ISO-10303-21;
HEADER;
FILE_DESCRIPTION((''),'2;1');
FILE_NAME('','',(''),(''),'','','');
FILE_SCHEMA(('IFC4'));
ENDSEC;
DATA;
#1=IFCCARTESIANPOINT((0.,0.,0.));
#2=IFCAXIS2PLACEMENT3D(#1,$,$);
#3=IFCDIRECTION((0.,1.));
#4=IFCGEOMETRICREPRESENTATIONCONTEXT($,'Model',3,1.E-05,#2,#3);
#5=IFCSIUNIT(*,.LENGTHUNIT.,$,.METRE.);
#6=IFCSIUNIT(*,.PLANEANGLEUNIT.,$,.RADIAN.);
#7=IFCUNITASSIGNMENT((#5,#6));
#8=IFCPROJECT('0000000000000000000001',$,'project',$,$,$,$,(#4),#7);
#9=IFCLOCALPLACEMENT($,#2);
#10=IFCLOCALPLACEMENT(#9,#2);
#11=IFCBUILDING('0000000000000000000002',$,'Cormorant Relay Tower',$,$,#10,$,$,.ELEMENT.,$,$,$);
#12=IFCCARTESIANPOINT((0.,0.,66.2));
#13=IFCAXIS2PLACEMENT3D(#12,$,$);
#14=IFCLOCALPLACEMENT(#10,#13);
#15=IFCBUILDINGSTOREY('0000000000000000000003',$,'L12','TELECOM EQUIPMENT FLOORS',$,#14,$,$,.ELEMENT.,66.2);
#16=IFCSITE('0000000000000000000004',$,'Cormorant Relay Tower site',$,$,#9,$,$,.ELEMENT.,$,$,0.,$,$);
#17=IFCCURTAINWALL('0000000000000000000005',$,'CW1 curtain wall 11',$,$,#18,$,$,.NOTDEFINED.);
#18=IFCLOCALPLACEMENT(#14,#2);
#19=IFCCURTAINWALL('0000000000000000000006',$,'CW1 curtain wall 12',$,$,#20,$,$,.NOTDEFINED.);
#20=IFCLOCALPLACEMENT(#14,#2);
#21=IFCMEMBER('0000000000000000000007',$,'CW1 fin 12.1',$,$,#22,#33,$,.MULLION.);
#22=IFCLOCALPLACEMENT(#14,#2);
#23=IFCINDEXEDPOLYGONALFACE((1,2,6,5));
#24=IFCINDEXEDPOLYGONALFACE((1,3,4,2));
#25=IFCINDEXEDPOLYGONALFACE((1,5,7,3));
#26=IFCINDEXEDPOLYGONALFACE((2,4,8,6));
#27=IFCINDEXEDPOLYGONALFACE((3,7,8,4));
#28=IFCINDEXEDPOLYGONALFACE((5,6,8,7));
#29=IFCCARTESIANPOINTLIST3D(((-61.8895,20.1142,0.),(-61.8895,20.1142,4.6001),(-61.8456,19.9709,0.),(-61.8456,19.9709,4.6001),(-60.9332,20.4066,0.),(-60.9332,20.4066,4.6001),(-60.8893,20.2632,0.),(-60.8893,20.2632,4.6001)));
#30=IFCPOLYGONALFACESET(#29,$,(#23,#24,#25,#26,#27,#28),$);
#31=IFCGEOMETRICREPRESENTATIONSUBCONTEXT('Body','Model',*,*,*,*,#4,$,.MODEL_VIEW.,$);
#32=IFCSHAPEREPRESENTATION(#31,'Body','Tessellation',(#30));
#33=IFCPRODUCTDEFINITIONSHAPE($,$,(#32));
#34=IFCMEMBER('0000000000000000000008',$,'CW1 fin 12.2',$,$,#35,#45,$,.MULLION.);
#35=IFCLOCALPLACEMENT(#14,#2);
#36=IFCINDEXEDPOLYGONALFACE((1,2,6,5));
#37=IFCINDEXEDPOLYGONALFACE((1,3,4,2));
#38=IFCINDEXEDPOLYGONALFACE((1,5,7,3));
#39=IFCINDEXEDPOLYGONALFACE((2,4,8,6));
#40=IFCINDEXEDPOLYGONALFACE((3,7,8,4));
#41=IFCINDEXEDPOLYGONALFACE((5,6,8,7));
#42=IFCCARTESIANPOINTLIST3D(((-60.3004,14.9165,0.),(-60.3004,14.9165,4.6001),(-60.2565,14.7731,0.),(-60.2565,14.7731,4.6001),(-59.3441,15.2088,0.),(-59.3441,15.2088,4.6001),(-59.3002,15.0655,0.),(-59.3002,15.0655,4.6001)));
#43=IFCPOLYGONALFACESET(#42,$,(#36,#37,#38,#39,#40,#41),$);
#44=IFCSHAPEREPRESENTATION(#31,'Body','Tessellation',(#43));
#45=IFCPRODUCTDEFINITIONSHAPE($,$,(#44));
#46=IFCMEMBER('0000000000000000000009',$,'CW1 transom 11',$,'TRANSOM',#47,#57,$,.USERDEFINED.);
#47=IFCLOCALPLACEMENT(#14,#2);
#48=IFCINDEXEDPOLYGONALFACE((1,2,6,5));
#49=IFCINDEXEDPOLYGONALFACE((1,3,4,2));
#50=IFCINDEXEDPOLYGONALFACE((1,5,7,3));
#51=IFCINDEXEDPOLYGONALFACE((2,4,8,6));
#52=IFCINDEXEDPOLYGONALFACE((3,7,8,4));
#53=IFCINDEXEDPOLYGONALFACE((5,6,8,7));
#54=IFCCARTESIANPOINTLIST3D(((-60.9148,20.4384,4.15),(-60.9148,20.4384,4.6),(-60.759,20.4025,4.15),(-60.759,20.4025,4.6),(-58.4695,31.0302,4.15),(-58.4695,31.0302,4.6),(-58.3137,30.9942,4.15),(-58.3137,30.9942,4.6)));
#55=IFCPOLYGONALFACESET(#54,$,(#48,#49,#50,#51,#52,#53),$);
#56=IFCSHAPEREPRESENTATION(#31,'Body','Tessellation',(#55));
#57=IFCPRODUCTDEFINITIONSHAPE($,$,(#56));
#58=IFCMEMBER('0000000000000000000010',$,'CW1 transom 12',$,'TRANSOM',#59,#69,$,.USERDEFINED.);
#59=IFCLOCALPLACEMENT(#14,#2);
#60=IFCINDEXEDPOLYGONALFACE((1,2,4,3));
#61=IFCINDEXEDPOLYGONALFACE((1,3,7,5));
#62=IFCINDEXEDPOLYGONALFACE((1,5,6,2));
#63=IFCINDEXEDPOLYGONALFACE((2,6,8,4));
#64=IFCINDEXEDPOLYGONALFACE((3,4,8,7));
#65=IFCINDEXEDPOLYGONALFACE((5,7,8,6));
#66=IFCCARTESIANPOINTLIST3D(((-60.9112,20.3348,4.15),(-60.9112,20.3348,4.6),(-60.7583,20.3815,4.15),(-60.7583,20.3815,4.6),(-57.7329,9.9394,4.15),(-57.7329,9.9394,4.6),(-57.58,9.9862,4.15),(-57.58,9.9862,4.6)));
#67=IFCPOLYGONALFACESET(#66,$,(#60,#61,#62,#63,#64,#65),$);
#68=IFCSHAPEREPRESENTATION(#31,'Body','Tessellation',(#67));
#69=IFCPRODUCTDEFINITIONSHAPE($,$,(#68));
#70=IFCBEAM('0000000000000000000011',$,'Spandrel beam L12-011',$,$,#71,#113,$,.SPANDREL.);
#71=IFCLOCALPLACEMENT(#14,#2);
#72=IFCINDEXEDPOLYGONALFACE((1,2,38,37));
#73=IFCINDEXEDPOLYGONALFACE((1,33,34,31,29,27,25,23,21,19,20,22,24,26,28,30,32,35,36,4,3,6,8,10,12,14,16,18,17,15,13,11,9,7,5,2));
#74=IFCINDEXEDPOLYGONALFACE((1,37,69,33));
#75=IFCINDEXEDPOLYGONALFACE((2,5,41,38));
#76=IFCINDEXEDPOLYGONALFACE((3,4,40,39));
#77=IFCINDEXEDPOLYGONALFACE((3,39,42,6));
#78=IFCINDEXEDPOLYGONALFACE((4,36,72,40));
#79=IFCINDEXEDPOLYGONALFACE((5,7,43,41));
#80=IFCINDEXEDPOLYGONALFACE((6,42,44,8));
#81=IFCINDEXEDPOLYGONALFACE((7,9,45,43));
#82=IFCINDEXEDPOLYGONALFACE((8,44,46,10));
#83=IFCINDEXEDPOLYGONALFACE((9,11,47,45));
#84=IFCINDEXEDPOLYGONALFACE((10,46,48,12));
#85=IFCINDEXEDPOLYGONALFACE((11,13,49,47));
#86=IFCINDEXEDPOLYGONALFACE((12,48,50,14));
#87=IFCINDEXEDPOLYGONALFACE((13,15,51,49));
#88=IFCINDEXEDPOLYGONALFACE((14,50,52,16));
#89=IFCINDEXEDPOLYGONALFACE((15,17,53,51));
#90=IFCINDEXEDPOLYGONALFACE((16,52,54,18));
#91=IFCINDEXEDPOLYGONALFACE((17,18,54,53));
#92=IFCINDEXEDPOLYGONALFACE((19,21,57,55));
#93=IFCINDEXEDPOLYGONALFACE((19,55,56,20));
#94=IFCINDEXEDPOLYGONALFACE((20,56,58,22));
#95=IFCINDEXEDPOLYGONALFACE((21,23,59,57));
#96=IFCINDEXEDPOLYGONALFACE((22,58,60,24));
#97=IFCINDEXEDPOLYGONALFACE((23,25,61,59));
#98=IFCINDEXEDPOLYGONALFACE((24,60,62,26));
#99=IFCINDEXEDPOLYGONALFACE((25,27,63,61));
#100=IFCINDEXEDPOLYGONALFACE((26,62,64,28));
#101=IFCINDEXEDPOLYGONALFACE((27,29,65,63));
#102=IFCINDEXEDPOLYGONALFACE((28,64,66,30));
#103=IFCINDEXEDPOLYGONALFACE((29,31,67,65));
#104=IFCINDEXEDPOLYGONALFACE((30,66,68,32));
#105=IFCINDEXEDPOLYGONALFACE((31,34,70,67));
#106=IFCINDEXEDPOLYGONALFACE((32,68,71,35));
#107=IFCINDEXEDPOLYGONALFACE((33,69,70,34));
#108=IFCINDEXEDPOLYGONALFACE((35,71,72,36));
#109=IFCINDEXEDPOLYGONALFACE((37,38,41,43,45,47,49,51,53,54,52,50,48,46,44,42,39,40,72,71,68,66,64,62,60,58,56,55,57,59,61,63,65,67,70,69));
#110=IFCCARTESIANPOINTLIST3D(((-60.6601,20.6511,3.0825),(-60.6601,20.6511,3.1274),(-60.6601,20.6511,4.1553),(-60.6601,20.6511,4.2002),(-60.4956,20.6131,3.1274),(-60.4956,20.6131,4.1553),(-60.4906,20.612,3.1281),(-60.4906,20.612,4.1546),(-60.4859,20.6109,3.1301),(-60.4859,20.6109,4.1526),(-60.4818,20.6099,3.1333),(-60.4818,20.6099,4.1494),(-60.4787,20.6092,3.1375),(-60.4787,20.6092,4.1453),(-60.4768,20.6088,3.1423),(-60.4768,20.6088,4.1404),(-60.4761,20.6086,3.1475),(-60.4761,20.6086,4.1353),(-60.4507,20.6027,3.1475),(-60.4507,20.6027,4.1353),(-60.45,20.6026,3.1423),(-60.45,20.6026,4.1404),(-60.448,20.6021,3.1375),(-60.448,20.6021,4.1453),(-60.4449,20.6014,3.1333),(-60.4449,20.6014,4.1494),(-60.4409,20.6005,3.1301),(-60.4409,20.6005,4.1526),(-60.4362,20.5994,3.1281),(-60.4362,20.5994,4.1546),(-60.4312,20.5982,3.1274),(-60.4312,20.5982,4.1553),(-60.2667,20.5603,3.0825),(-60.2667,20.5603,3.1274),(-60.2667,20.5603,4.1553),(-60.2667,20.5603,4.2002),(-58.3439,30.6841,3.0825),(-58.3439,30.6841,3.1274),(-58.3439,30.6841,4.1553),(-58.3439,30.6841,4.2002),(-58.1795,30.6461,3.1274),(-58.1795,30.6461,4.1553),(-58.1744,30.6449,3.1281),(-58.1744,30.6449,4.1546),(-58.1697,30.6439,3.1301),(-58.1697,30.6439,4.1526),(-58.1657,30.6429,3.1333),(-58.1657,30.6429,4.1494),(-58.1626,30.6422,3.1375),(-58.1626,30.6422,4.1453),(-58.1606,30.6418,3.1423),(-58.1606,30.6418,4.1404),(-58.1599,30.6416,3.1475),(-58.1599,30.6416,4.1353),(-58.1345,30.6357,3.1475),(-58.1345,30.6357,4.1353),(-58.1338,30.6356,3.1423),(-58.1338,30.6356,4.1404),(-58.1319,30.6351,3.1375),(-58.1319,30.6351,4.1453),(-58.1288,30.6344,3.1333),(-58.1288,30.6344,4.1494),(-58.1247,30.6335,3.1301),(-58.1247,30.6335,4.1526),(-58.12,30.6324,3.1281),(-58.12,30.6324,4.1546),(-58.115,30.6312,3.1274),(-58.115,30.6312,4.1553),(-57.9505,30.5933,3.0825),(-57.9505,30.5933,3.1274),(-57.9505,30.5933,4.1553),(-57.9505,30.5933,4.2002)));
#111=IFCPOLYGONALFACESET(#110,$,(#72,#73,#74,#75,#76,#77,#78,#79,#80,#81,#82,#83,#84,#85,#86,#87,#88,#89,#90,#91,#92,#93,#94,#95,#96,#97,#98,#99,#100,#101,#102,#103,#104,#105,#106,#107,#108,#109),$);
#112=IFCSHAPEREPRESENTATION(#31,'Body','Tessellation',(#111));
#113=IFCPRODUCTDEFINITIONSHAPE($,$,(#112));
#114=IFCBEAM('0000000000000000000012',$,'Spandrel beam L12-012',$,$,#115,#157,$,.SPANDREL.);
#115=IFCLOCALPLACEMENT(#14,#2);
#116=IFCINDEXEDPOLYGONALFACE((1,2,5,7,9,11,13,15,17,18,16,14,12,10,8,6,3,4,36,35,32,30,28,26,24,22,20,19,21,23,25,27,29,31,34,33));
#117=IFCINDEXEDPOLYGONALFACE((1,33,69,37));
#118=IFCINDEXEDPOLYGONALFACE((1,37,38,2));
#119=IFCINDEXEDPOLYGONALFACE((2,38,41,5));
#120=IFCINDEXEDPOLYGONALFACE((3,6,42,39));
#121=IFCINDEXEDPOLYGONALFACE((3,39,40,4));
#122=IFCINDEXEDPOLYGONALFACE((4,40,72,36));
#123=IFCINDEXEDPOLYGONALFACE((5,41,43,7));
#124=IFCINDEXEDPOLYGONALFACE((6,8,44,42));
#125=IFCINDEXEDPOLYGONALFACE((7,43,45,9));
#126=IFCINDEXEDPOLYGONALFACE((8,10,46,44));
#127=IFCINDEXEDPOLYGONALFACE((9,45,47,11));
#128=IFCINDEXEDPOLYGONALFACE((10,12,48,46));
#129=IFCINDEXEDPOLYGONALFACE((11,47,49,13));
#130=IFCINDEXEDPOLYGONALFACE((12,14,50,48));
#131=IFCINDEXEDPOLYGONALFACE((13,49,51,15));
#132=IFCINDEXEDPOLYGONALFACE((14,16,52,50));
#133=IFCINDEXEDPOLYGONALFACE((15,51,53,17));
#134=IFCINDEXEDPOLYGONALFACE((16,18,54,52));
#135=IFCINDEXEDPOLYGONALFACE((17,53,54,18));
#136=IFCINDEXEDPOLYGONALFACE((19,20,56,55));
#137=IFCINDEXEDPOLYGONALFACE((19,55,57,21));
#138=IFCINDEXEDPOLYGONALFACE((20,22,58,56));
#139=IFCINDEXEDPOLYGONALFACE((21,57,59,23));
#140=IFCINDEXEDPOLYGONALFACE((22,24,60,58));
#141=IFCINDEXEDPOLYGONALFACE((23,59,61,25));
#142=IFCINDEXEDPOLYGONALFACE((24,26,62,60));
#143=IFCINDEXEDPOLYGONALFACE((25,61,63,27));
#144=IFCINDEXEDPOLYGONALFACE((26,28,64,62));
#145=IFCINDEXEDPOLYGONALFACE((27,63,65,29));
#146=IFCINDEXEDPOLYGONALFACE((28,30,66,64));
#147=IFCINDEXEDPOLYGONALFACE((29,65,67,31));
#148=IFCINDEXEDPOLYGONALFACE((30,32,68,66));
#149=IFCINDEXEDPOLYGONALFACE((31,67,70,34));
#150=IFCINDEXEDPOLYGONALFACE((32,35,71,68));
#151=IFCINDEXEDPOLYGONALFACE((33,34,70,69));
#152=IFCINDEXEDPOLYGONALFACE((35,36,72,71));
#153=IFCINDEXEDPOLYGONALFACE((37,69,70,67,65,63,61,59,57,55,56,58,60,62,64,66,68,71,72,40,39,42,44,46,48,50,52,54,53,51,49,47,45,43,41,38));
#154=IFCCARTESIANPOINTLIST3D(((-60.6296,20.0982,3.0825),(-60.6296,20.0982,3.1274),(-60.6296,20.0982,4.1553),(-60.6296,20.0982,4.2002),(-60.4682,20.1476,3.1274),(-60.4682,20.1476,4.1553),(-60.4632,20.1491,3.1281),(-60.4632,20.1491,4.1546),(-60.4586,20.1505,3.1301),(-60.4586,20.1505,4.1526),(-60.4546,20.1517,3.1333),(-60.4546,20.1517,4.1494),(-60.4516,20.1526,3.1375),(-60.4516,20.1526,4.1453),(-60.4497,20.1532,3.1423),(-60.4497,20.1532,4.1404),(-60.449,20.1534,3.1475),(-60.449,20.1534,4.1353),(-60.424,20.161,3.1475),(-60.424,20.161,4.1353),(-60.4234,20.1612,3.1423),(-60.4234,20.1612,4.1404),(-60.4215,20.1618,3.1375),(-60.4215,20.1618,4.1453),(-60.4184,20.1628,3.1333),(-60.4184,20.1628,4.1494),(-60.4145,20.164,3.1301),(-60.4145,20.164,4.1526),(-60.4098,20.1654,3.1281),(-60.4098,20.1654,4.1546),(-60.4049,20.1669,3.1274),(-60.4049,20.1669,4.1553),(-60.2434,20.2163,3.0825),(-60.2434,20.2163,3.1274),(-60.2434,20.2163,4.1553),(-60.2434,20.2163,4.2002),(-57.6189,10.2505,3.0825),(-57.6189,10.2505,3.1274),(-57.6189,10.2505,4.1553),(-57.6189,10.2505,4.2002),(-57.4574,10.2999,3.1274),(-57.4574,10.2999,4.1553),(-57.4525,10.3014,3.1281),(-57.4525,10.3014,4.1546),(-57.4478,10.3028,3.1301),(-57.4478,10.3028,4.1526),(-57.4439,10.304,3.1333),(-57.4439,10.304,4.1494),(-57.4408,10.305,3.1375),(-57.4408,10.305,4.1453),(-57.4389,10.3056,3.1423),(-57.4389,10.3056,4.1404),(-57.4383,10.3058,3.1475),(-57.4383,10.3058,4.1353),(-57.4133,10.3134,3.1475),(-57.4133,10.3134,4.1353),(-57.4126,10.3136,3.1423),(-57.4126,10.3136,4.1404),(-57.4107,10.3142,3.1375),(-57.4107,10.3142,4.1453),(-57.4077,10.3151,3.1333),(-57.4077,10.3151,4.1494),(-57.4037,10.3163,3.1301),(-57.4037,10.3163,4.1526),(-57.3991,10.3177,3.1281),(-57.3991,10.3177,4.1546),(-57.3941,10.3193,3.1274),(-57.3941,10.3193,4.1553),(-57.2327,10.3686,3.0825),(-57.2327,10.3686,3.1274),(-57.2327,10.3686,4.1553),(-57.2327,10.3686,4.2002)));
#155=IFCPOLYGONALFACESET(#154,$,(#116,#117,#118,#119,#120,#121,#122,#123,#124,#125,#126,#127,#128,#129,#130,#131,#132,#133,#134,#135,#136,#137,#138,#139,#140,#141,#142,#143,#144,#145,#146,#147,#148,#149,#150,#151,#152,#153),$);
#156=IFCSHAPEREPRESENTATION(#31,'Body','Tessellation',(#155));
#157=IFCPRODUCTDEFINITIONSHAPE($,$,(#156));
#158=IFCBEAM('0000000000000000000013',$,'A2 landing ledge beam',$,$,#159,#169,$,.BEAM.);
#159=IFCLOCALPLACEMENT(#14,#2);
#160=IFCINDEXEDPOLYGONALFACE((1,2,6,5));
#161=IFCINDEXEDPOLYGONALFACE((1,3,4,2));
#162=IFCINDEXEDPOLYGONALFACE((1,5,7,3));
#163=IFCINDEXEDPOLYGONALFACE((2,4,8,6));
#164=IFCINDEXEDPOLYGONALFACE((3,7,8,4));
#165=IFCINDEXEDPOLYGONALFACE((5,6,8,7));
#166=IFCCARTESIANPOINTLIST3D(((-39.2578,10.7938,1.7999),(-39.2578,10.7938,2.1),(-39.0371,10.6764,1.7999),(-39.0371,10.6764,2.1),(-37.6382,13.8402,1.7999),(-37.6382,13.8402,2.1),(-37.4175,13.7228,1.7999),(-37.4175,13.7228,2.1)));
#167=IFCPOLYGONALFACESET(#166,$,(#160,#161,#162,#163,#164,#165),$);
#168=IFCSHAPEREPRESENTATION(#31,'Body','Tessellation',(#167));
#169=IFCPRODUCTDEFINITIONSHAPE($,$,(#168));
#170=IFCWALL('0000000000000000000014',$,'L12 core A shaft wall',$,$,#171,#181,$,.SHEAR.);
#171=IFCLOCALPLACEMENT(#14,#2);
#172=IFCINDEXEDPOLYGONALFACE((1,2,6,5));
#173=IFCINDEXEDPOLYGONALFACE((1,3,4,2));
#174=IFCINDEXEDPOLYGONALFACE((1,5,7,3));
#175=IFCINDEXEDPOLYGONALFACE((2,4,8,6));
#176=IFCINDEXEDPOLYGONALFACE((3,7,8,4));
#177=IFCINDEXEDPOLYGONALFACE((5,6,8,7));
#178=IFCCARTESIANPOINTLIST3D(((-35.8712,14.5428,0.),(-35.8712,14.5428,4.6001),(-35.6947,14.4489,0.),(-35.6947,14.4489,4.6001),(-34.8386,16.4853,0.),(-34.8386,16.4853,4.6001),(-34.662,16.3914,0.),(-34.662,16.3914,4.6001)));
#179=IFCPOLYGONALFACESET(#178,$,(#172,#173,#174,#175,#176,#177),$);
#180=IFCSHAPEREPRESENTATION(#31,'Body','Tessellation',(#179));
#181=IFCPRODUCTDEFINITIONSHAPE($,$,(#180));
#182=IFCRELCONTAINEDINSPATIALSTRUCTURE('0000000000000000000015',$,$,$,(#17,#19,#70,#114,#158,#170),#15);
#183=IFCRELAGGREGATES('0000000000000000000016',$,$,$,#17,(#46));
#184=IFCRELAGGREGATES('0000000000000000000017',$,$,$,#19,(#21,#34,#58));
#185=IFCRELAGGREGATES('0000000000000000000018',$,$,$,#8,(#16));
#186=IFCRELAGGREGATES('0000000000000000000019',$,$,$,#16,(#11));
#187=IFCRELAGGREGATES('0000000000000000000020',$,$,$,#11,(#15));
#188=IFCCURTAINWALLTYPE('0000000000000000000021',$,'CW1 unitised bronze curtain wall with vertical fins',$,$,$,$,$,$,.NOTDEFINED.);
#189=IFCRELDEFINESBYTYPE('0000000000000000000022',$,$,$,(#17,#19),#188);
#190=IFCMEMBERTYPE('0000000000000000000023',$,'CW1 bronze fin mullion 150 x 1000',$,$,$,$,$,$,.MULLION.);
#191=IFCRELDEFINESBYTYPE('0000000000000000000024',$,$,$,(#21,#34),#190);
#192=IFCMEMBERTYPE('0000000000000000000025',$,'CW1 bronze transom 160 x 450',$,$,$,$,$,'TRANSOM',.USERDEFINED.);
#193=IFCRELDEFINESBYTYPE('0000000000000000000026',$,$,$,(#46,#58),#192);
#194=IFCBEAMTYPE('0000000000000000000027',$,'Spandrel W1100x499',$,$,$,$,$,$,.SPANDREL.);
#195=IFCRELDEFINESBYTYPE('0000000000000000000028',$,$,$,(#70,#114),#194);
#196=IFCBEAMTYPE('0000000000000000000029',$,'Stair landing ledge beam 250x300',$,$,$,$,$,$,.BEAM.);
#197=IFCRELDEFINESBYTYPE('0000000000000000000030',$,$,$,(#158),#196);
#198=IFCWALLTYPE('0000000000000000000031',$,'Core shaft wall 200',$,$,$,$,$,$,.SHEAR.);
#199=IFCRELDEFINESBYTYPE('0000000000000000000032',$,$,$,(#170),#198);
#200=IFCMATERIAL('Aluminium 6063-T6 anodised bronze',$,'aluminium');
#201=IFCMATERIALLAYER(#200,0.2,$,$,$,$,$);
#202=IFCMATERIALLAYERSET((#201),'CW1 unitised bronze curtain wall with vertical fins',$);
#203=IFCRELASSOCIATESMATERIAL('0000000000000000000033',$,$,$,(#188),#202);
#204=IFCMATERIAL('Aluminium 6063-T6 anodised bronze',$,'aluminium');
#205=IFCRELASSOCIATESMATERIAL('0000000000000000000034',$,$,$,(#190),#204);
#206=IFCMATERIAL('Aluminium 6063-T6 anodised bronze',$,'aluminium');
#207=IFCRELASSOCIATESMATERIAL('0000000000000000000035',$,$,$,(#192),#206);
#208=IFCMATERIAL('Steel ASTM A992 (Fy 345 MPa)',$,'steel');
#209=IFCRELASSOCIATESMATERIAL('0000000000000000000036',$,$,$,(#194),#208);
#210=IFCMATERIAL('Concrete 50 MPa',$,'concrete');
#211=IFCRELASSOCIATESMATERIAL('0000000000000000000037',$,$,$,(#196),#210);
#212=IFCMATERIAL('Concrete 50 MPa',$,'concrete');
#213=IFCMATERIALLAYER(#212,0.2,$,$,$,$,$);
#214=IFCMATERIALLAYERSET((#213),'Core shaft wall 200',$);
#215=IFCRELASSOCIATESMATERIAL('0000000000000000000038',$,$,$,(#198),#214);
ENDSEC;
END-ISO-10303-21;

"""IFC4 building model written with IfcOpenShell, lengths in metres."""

from ifc_helpers import new_model, si_unit, direction, frame, frame_2d, origin, origin_2d, place, context, subcontext, project, spatial, rectangle, i_section, extrude, material, layer, layer_set, material_profile, profile_set, type_object, element, aggregate, save


model = new_model("IFC4")

# Units and contexts
model_context = context("Model", 3, precision=1e-05, world=origin(), true_north=direction((0.0, 1.0)))
body_context = subcontext(model_context, "Body", "Model", "MODEL_VIEW")
ifc_project = project(units=[si_unit("LENGTHUNIT", "METRE"), si_unit("PLANEANGLEUNIT", "RADIAN")], contexts=[model_context])

# Site, building, storey
site_placement = place(None, origin())
site = spatial("IfcSite", under=ifc_project, at=site_placement, Name="Cormorant Relay Tower site", CompositionType="ELEMENT", RefElevation=0.0)
building_placement = place(site_placement, origin())
building = spatial("IfcBuilding", under=site, at=building_placement, Name="Cormorant Relay Tower", CompositionType="ELEMENT")
storey_placement = place(building_placement, frame((0.0, 0.0, 66.2)))
storey = spatial("IfcBuildingStorey", under=building, at=storey_placement, Name="L12", Description="TELECOM EQUIPMENT FLOORS", CompositionType="ELEMENT", Elevation=66.2)

# Curtain wall
ifc_material_1 = material(Name="Aluminium 6063-T6 anodised bronze", Category="aluminium")
ifc_layer_1 = layer(ifc_material_1, 0.2)
ifc_layer_set_1 = layer_set([ifc_layer_1], Name="CW1 unitised bronze curtain wall with vertical fins")
curtain_wall_type = type_object("IfcCurtainWallType", Name="CW1 unitised bronze curtain wall with vertical fins", PredefinedType="NOTDEFINED", material=ifc_layer_set_1)
curtain_wall_1_placement = place(storey_placement, origin())
curtain_wall_1 = element("IfcCurtainWall", 1, at=curtain_wall_1_placement, inside=storey, type_object=curtain_wall_type, Name="CW1 curtain wall 11", PredefinedType="NOTDEFINED")
ifc_material_2 = material(Name="Aluminium 6063-T6 anodised bronze", Category="aluminium")
ifc_material_profile_1 = material_profile(ifc_material_2, rectangle(XDim=0.1499, YDim=1.0, at=origin_2d()), Name="AL 150x1000")
ifc_profile_set_1 = profile_set([ifc_material_profile_1], Name="Aluminium 6063-T6 anodised bronze")
member_type_1 = type_object("IfcMemberType", Name="CW1 bronze fin mullion 150 x 1000", PredefinedType="MULLION", material=ifc_profile_set_1)

# Curtain wall, members
curtain_wall_2_placement = place(storey_placement, origin())
curtain_wall_2 = element("IfcCurtainWall", 2, at=curtain_wall_2_placement, inside=storey, type_object=curtain_wall_type, Name="CW1 curtain wall 12", PredefinedType="NOTDEFINED")
member_1_placement = place(storey_placement, frame((-61.3894, 20.1887, 0.0), z_axis=(0.0, 0.0, 1.0), x_axis=(0.292372, -0.956305, 0.0)))
member_1 = element("IfcMember", 3, at=member_1_placement, type_object=member_type_1, Name="CW1 fin 12.1", PredefinedType="MULLION", context=body_context, shape_type="SweptSolid", body=[
    extrude(rectangle(XDim=0.1499, YDim=1.0, at=origin_2d()), origin(), (0.0, 0.0, 1.0), 4.6001),
])
member_2_placement = place(storey_placement, frame((-59.8003, 14.991, 0.0), z_axis=(0.0, 0.0, 1.0), x_axis=(0.292372, -0.956305, 0.0)))
member_2 = element("IfcMember", 4, at=member_2_placement, type_object=member_type_1, Name="CW1 fin 12.2", PredefinedType="MULLION", context=body_context, shape_type="SweptSolid", body=[
    extrude(rectangle(XDim=0.1499, YDim=1.0, at=origin_2d()), origin(), (0.0, 0.0, 1.0), 4.6001),
])

# Members
ifc_material_3 = material(Name="Aluminium 6063-T6 anodised bronze", Category="aluminium")
ifc_material_profile_2 = material_profile(ifc_material_3, rectangle(XDim=0.1599, YDim=0.45, at=origin_2d()), Name="AL 160x450")
ifc_profile_set_2 = profile_set([ifc_material_profile_2], Name="Aluminium 6063-T6 anodised bronze")
member_type_2 = type_object("IfcMemberType", Name="CW1 bronze transom 160 x 450", ElementType="TRANSOM", PredefinedType="USERDEFINED", material=ifc_profile_set_2)
member_3_placement = place(storey_placement, frame((-58.3916, 31.0122, 4.375), z_axis=(-0.224951, -0.97437, 0.0), x_axis=(0.97437, -0.224951, 0.0)))
member_3 = element("IfcMember", 5, at=member_3_placement, type_object=member_type_2, Name="CW1 transom 11", ObjectType="TRANSOM", PredefinedType="USERDEFINED", context=body_context, shape_type="SweptSolid", body=[
    extrude(rectangle(XDim=0.1599, YDim=0.45, at=origin_2d()), origin(), (0.0, 0.0, 1.0), 10.8704),
])
member_4_placement = place(storey_placement, frame((-60.8347, 20.3582, 4.375), z_axis=(0.292378, -0.956303, 0.0), x_axis=(0.956303, 0.292378, 0.0)))
member_4 = element("IfcMember", 6, at=member_4_placement, type_object=member_type_2, Name="CW1 transom 12", ObjectType="TRANSOM", PredefinedType="USERDEFINED", context=body_context, shape_type="SweptSolid", body=[
    extrude(rectangle(XDim=0.1599, YDim=0.45, at=origin_2d()), origin(), (0.0, 0.0, 1.0), 10.8704),
])

# Beams
ifc_material_4 = material(Name="Steel ASTM A992 (Fy 345 MPa)", Category="steel")
ifc_material_profile_3 = material_profile(ifc_material_4, i_section(OverallWidth=0.4038, OverallDepth=1.1177, WebThickness=0.0261, FlangeThickness=0.0449, FilletRadius=0.02, at=origin_2d()), Name="W1100x499")
ifc_profile_set_3 = profile_set([ifc_material_profile_3], Name="Steel ASTM A992 (Fy 345 MPa)")
beam_type_1 = type_object("IfcBeamType", Name="Spandrel W1100x499", PredefinedType="SPANDREL", material=ifc_profile_set_3)
beam_1_placement = place(storey_placement, frame((-58.1472, 30.6387, 3.6414), z_axis=(-0.224939, -0.974373, 0.0), x_axis=(0.974373, -0.224939, 0.0)))
element("IfcBeam", 7, at=beam_1_placement, inside=storey, type_object=beam_type_1, Name="Spandrel beam L12-011", PredefinedType="SPANDREL", context=body_context, shape_type="SweptSolid", body=[
    extrude(i_section(OverallWidth=0.4038, OverallDepth=1.1177, WebThickness=0.0261, FlangeThickness=0.0449, FilletRadius=0.02, at=origin_2d()), origin(), (0.0, 0.0, 1.0), 10.2969),
])
beam_2_placement = place(storey_placement, frame((-60.4365, 20.1572, 3.6414), z_axis=(0.292373, -0.956304, 0.0), x_axis=(0.956304, 0.292373, 0.0)))
element("IfcBeam", 8, at=beam_2_placement, inside=storey, type_object=beam_type_1, Name="Spandrel beam L12-012", PredefinedType="SPANDREL", context=body_context, shape_type="SweptSolid", body=[
    extrude(i_section(OverallWidth=0.4038, OverallDepth=1.1177, WebThickness=0.0261, FlangeThickness=0.0449, FilletRadius=0.02, at=origin_2d()), origin(), (0.0, 0.0, 1.0), 10.2976),
])
ifc_material_5 = material(Name="Concrete 50 MPa", Category="concrete")
ifc_material_profile_4 = material_profile(ifc_material_5, rectangle(XDim=0.25, YDim=0.3, at=origin_2d()), Name="RC 250x300")
ifc_profile_set_4 = profile_set([ifc_material_profile_4], Name="Concrete 50 MPa")
beam_type_2 = type_object("IfcBeamType", Name="Stair landing ledge beam 250x300", PredefinedType="BEAM", material=ifc_profile_set_4)
beam_3_placement = place(storey_placement, frame((-37.5278, 13.7815, 1.95), z_axis=(-0.469435, -0.882967, 0.0), x_axis=(0.882967, -0.469435, 0.0)))
element("IfcBeam", 9, at=beam_3_placement, inside=storey, type_object=beam_type_2, Name="A2 landing ledge beam", PredefinedType="BEAM", context=body_context, shape_type="SweptSolid", body=[
    extrude(rectangle(XDim=0.25, YDim=0.3, at=origin_2d()), origin(), (0.0, 0.0, 1.0), 3.4502),
])

# Wall
ifc_material_6 = material(Name="Concrete 50 MPa", Category="concrete")
ifc_layer_2 = layer(ifc_material_6, 0.2)
ifc_layer_set_2 = layer_set([ifc_layer_2], Name="Core shaft wall 200")
wall_type_1 = type_object("IfcWallType", Name="Core shaft wall 200", PredefinedType="SHEAR", material=ifc_layer_set_2)
wall_1_placement = place(storey_placement, frame((-34.7502, 16.4385, 0.0), z_axis=(0.0, 0.0, 1.0), x_axis=(-0.469401, -0.882985, 0.0)))
element("IfcWall", 10, at=wall_1_placement, inside=storey, type_object=wall_type_1, Name="L12 core A shaft wall", PredefinedType="SHEAR", context=body_context, shape_type="SweptSolid", body=[
    extrude(rectangle(XDim=2.2, YDim=0.2, at=frame_2d((1.1001, 0.0))), origin(), (0.0, 0.0, 1.0), 4.6001),
])

aggregate(curtain_wall_1, [member_3])
aggregate(curtain_wall_2, [member_1, member_2, member_4])

save(model, "model.ifc")
